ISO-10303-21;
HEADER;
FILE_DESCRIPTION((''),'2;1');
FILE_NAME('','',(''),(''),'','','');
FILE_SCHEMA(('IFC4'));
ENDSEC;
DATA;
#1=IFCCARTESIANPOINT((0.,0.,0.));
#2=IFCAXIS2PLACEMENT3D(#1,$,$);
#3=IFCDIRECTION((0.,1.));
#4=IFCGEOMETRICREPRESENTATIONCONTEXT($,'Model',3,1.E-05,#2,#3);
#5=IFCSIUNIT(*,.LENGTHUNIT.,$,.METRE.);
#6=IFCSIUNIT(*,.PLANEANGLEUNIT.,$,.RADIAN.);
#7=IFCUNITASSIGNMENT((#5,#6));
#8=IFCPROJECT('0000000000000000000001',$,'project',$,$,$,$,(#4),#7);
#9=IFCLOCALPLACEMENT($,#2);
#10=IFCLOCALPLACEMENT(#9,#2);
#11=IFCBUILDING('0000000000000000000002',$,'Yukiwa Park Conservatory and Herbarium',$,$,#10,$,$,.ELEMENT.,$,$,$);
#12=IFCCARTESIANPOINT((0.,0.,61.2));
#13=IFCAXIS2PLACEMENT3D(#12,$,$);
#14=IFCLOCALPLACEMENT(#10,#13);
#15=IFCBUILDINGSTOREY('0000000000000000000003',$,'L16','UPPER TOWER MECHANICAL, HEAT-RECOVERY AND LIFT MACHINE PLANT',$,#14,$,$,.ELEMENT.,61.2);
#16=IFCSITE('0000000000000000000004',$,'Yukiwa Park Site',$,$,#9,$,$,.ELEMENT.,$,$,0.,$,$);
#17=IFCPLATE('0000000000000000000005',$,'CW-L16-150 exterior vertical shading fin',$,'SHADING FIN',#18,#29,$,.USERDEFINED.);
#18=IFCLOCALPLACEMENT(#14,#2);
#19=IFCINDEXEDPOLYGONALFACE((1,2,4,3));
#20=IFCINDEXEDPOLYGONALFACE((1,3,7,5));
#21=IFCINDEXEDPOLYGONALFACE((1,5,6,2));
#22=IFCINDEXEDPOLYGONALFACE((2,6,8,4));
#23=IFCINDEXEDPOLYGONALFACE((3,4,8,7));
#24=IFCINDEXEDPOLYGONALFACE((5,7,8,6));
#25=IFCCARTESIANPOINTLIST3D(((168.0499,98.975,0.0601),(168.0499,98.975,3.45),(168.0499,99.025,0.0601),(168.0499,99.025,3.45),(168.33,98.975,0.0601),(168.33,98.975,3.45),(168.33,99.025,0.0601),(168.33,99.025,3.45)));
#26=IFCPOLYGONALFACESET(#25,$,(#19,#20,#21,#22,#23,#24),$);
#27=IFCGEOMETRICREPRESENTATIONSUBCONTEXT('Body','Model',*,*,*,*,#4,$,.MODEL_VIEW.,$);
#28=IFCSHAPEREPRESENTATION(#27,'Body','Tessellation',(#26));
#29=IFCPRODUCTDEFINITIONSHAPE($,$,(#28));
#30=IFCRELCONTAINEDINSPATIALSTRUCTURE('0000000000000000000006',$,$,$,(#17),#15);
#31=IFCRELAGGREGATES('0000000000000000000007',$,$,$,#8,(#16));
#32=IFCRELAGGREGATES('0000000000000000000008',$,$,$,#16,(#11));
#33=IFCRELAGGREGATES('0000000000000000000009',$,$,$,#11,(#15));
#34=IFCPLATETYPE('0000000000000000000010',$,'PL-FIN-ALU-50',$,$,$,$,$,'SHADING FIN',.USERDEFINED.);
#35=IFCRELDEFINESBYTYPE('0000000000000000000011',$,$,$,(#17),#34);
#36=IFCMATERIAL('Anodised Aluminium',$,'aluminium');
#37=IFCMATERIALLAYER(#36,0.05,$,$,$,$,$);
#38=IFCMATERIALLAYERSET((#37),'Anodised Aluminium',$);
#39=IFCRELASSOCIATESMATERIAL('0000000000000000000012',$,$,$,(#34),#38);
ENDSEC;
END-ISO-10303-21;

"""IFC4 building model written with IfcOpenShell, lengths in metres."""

from ifc_helpers import new_model, si_unit, direction, frame, origin, origin_2d, place, context, subcontext, project, spatial, rectangle, extrude, material, layer, layer_set, type_object, element, save


model = new_model("IFC4")

# Units and contexts
model_context = context("Model", 3, precision=1e-05, world=origin(), true_north=direction((0.0, 1.0)))
body_context = subcontext(model_context, "Body", "Model", "MODEL_VIEW")
ifc_project = project(units=[si_unit("LENGTHUNIT", "METRE"), si_unit("PLANEANGLEUNIT", "RADIAN")], contexts=[model_context])

# Site, building, storey
site_placement = place(None, origin())
site = spatial("IfcSite", under=ifc_project, at=site_placement, Name="Yukiwa Park Site", CompositionType="ELEMENT", RefElevation=0.0)
building_placement = place(site_placement, origin())
building = spatial("IfcBuilding", under=site, at=building_placement, Name="Yukiwa Park Conservatory and Herbarium", CompositionType="ELEMENT")
storey_placement = place(building_placement, frame((0.0, 0.0, 61.2)))
storey = spatial("IfcBuildingStorey", under=building, at=storey_placement, Name="L16", Description="UPPER TOWER MECHANICAL, HEAT-RECOVERY AND LIFT MACHINE PLANT", CompositionType="ELEMENT", Elevation=61.2)

# Plate
ifc_material_1 = material(Name="Anodised Aluminium", Category="aluminium")
ifc_layer_1 = layer(ifc_material_1, 0.05)
ifc_layer_set_1 = layer_set([ifc_layer_1], Name="Anodised Aluminium")
plate_type_1 = type_object("IfcPlateType", Name="PL-FIN-ALU-50", ElementType="SHADING FIN", PredefinedType="USERDEFINED", material=ifc_layer_set_1)
plate_1_placement = place(storey_placement, frame((168.1899, 99.0, 0.0601), z_axis=(0.0, 0.0, 1.0), x_axis=(0.0, 1.0, 0.0)))
element("IfcPlate", 1, at=plate_1_placement, inside=storey, type_object=plate_type_1, Name="CW-L16-150 exterior vertical shading fin", ObjectType="SHADING FIN", PredefinedType="USERDEFINED", context=body_context, shape_type="SweptSolid", body=[
    extrude(rectangle(XDim=0.05, YDim=0.28, at=origin_2d()), origin(), (0.0, 0.0, 1.0), 3.3899),
])

save(model, "model.ifc")
